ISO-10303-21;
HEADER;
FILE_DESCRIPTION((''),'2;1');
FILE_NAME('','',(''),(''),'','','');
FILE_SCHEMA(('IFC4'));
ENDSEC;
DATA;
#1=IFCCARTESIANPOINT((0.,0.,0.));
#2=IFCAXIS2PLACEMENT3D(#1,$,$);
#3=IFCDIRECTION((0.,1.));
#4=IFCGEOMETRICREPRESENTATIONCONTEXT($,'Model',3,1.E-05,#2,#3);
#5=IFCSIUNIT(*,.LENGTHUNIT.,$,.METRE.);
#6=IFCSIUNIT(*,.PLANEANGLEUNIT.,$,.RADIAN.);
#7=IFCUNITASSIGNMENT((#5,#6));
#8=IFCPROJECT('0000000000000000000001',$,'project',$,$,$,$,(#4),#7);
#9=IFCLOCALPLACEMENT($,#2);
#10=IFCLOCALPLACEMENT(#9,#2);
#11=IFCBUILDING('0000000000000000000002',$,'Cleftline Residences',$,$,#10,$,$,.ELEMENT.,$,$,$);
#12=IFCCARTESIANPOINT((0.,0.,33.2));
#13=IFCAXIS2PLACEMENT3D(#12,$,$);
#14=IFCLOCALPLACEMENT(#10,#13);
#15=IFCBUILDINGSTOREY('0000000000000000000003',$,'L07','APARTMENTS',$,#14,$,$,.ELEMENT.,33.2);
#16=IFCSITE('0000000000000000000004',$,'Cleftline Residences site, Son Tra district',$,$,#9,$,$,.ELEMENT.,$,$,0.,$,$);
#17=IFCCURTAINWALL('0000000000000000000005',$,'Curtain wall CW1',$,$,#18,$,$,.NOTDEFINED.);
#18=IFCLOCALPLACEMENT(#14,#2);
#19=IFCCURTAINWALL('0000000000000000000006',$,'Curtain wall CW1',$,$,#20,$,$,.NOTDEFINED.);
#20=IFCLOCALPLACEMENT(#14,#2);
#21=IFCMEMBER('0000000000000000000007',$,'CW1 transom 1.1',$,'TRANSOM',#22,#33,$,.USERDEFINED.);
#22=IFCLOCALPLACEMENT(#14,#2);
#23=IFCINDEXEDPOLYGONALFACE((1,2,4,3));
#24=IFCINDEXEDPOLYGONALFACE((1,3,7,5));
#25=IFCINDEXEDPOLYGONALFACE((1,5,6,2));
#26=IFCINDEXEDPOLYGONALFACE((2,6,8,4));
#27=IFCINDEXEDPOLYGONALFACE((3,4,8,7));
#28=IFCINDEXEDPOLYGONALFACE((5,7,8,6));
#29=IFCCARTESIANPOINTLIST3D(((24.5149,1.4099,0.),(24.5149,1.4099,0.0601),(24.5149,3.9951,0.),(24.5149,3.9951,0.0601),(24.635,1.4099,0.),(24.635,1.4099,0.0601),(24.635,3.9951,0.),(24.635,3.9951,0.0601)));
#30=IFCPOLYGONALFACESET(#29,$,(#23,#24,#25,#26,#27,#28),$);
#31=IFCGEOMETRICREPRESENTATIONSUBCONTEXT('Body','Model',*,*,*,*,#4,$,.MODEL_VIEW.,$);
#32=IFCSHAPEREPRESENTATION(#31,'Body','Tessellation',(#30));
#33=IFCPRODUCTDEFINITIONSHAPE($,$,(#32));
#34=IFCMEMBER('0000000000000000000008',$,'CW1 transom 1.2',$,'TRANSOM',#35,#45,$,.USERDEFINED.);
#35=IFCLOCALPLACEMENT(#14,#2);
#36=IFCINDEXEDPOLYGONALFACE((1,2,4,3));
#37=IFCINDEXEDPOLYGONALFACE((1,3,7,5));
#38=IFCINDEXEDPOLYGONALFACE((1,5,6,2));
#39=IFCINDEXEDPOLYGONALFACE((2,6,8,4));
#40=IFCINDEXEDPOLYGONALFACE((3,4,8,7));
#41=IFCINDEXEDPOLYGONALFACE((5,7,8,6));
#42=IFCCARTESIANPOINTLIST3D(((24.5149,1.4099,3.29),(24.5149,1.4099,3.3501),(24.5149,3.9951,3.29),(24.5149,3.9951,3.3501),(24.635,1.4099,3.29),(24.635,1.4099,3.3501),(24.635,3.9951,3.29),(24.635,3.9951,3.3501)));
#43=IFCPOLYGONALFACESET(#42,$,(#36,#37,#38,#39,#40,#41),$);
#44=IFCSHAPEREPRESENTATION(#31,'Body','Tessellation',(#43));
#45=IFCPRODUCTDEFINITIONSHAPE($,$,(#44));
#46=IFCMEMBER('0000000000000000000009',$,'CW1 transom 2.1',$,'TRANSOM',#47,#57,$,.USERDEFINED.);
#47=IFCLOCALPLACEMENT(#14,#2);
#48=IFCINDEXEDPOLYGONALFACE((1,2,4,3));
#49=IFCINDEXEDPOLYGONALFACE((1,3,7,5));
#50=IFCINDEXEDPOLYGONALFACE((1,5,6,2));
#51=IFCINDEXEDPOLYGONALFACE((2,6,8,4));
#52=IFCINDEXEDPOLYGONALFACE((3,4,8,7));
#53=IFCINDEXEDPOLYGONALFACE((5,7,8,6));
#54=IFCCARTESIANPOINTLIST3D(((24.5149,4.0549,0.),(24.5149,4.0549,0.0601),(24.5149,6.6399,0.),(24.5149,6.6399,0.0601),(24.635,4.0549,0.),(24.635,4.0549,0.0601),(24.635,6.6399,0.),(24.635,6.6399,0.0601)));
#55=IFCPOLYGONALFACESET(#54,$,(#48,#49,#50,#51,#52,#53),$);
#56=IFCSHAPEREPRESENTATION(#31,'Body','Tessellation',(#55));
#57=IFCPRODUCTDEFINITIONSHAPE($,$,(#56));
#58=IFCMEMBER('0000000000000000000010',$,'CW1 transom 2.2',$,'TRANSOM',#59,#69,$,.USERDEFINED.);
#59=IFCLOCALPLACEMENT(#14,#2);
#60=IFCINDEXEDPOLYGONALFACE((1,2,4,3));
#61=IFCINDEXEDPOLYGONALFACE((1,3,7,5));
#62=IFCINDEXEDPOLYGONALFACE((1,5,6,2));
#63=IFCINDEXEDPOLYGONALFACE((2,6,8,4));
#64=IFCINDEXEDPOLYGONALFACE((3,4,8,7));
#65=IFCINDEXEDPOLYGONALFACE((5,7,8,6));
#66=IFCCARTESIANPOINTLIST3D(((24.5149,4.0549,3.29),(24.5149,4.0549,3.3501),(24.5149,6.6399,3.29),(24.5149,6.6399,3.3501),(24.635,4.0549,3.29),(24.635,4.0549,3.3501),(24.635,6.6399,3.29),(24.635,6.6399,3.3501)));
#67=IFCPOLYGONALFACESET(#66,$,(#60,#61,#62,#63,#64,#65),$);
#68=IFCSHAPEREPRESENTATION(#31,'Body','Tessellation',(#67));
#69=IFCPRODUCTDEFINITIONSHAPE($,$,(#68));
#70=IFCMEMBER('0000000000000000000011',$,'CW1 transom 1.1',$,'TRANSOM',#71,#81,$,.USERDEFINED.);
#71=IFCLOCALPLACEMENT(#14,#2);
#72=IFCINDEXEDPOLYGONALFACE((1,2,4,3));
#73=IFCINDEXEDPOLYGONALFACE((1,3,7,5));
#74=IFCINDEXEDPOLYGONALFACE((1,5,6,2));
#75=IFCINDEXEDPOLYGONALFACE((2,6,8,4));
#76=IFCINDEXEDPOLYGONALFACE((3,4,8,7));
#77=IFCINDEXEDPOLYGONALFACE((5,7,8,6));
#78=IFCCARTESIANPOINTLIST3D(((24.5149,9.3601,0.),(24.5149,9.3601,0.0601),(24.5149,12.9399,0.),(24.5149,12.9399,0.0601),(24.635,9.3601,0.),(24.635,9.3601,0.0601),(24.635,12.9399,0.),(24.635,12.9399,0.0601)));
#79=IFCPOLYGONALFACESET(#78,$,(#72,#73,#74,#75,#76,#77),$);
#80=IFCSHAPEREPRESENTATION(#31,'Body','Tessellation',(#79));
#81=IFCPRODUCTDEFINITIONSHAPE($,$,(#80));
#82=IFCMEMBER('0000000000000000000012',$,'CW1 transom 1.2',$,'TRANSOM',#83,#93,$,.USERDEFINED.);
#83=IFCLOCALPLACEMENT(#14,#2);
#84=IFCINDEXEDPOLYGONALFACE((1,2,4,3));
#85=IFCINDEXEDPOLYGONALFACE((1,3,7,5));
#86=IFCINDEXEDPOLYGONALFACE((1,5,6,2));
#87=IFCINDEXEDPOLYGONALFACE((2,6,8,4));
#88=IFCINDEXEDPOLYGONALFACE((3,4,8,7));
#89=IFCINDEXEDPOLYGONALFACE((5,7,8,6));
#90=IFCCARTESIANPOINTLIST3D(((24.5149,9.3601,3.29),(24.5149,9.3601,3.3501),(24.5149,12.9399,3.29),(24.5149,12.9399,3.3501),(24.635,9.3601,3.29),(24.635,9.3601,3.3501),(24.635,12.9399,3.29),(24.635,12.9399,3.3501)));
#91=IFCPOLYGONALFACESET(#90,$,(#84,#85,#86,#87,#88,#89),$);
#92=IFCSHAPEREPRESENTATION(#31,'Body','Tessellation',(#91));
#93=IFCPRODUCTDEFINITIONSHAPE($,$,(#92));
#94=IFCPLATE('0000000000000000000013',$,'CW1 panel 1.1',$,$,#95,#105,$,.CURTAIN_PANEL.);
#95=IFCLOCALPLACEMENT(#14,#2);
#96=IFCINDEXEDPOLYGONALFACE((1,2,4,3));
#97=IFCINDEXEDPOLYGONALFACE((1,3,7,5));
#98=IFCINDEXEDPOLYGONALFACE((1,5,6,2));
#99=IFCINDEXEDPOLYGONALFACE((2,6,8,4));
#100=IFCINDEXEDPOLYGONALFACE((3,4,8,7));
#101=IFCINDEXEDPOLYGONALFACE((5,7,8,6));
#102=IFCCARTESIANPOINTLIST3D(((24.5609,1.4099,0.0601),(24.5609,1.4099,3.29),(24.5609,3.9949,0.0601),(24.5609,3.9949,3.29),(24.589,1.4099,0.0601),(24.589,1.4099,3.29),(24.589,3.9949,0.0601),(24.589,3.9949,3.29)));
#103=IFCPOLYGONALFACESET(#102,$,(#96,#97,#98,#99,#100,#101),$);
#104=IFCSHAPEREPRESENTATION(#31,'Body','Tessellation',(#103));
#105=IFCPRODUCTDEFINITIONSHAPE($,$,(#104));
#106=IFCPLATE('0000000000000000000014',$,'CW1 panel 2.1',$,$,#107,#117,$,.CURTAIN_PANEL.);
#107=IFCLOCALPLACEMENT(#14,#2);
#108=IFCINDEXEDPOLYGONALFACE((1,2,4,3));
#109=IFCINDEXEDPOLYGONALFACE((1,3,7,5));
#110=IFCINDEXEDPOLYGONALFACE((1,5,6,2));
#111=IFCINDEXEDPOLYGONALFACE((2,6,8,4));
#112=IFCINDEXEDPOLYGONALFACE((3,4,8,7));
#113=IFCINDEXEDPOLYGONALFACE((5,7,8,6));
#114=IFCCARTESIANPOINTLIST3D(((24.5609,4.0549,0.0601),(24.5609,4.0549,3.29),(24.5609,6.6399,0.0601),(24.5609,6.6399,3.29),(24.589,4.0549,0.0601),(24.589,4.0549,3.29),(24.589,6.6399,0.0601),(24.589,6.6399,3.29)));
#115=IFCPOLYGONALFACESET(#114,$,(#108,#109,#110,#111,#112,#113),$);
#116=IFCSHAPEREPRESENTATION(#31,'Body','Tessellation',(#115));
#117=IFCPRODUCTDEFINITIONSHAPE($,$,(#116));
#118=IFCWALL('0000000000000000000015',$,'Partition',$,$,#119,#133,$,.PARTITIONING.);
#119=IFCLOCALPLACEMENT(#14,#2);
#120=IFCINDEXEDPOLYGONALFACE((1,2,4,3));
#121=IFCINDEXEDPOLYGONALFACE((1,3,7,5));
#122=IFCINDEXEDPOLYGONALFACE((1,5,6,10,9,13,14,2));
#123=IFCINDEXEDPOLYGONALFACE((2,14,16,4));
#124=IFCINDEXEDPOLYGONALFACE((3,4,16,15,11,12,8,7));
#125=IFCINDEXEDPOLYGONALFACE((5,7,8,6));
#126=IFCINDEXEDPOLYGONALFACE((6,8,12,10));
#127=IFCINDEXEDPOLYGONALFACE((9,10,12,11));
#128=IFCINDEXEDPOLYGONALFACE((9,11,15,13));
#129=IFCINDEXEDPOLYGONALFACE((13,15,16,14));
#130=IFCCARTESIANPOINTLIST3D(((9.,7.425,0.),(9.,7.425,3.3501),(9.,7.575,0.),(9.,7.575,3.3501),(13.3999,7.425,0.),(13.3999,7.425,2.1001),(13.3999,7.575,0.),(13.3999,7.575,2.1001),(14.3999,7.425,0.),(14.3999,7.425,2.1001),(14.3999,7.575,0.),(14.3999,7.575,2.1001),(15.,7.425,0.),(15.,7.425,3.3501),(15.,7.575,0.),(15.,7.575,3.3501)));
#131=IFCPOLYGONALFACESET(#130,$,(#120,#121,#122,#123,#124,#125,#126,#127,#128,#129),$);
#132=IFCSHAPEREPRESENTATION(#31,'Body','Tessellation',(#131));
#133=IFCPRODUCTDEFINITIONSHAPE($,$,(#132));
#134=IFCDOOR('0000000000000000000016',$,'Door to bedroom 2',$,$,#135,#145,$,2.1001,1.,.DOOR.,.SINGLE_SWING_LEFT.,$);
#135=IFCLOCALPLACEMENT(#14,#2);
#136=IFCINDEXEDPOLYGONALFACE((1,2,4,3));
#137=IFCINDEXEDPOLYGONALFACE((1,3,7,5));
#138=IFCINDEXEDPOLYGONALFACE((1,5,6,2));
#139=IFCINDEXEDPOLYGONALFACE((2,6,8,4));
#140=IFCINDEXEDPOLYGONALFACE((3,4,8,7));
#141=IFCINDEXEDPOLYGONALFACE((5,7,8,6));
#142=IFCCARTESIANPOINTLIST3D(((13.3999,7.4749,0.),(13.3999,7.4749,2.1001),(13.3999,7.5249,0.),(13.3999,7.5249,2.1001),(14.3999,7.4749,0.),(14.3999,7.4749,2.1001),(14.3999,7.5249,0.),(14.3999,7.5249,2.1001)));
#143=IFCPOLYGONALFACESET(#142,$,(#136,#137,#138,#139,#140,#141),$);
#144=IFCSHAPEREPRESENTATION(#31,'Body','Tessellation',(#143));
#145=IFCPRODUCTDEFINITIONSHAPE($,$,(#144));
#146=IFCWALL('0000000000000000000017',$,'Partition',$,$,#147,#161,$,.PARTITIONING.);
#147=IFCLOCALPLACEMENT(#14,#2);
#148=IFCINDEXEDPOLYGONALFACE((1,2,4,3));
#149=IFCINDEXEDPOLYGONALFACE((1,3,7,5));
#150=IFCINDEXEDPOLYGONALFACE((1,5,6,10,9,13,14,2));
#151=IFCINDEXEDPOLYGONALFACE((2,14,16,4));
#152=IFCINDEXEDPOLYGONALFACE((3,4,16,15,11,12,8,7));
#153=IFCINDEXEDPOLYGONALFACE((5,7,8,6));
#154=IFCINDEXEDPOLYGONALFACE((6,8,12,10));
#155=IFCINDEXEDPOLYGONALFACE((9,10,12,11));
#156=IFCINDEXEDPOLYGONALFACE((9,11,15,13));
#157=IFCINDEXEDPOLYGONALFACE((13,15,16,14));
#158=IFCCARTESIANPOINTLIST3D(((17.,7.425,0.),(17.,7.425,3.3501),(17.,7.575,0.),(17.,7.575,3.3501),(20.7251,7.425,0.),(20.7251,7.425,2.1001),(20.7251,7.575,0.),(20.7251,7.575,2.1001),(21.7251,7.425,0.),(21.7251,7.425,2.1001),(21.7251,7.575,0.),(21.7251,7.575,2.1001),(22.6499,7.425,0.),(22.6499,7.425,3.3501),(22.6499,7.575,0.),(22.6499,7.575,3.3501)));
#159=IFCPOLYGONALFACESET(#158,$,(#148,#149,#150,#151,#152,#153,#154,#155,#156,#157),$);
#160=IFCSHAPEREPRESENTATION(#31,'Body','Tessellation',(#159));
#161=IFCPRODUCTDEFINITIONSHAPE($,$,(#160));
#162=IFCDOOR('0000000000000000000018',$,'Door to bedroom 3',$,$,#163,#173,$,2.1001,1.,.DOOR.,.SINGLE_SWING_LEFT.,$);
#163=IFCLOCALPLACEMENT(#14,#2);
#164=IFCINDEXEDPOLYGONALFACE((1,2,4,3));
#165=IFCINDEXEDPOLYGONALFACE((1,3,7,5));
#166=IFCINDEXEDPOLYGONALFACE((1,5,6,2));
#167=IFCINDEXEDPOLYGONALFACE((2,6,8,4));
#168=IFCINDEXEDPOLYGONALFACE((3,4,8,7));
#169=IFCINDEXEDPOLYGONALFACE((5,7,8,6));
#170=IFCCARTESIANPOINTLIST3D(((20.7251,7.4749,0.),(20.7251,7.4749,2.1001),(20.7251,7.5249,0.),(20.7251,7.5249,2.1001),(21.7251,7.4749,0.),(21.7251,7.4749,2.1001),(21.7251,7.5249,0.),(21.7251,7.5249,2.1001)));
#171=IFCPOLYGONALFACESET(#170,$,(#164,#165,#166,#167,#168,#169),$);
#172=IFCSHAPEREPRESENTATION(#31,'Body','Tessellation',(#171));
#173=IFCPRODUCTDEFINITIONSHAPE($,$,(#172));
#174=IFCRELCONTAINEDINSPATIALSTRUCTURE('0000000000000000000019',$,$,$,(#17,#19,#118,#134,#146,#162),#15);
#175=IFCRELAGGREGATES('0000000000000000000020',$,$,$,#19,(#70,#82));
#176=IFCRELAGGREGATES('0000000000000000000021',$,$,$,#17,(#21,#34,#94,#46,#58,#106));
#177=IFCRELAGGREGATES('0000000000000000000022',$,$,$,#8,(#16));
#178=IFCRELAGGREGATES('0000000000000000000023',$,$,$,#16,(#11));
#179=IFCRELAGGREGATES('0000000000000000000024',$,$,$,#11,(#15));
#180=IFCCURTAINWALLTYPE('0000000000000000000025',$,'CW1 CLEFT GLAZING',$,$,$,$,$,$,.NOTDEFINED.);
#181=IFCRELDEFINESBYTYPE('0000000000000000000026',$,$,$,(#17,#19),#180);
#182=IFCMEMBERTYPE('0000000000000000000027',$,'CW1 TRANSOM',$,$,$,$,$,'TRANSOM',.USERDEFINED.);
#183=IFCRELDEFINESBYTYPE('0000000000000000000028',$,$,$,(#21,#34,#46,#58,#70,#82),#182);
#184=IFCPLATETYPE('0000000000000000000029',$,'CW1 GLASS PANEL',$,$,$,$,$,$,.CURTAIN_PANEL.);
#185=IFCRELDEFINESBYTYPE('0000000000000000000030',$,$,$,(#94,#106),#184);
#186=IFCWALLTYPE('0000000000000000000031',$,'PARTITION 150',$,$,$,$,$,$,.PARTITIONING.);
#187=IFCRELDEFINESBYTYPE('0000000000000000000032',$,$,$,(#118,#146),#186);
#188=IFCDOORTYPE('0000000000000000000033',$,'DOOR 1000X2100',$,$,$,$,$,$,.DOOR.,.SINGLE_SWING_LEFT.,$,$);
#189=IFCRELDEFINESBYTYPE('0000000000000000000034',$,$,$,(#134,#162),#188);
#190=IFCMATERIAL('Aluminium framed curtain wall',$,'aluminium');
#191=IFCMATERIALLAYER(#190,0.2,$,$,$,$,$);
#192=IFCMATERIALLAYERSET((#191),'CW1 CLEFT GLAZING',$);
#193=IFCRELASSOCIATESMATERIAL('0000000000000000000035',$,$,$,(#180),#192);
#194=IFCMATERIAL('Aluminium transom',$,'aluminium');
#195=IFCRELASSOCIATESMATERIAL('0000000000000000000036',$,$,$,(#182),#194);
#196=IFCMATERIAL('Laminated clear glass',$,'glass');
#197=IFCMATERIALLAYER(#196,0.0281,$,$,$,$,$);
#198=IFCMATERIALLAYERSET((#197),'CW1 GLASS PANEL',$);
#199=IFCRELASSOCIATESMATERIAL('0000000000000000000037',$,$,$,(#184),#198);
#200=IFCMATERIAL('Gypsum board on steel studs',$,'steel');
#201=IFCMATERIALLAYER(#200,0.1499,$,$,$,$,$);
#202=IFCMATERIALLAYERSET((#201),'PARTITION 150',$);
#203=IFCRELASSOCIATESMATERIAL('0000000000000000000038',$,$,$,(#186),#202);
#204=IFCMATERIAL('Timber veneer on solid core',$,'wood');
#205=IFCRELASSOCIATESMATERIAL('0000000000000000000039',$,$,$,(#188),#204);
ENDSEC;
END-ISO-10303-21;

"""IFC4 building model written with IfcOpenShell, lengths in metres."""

from ifc_helpers import new_model, si_unit, direction, frame, frame_2d, origin, origin_2d, place, context, subcontext, project, spatial, rectangle, extrude, material, layer, layer_set, material_profile, profile_set, type_object, element, fill, aggregate, save


model = new_model("IFC4")

# Units and contexts
model_context = context("Model", 3, precision=1e-05, world=origin(), true_north=direction((0.0, 1.0)))
body_context = subcontext(model_context, "Body", "Model", "MODEL_VIEW")
ifc_project = project(units=[si_unit("LENGTHUNIT", "METRE"), si_unit("PLANEANGLEUNIT", "RADIAN")], contexts=[model_context])

# Site, building, storey
site_placement = place(None, origin())
site = spatial("IfcSite", under=ifc_project, at=site_placement, Name="Cleftline Residences site, Son Tra district", CompositionType="ELEMENT", RefElevation=0.0)
building_placement = place(site_placement, origin())
building = spatial("IfcBuilding", under=site, at=building_placement, Name="Cleftline Residences", CompositionType="ELEMENT")
storey_placement = place(building_placement, frame((0.0, 0.0, 33.2)))
storey = spatial("IfcBuildingStorey", under=building, at=storey_placement, Name="L07", Description="APARTMENTS", CompositionType="ELEMENT", Elevation=33.2)

# Curtain wall
ifc_material_1 = material(Name="Aluminium framed curtain wall", Category="aluminium")
ifc_layer_1 = layer(ifc_material_1, 0.2)
ifc_layer_set_1 = layer_set([ifc_layer_1], Name="CW1 CLEFT GLAZING")
curtain_wall_type = type_object("IfcCurtainWallType", Name="CW1 CLEFT GLAZING", PredefinedType="NOTDEFINED", material=ifc_layer_set_1)
curtain_wall_1_placement = place(storey_placement, origin())
curtain_wall_1 = element("IfcCurtainWall", 1, at=curtain_wall_1_placement, inside=storey, type_object=curtain_wall_type, Name="Curtain wall CW1", PredefinedType="NOTDEFINED")

# Curtain wall
curtain_wall_2_placement = place(storey_placement, origin())
curtain_wall_2 = element("IfcCurtainWall", 2, at=curtain_wall_2_placement, inside=storey, type_object=curtain_wall_type, Name="Curtain wall CW1", PredefinedType="NOTDEFINED")

# Members
ifc_material_2 = material(Name="Aluminium transom", Category="aluminium")
ifc_material_profile_1 = material_profile(ifc_material_2, rectangle(XDim=0.1201, YDim=0.0601, at=origin_2d()))
ifc_profile_set_1 = profile_set([ifc_material_profile_1], Name="Aluminium transom")
member_type_1 = type_object("IfcMemberType", Name="CW1 TRANSOM", ElementType="TRANSOM", PredefinedType="USERDEFINED", material=ifc_profile_set_1)
member_1_placement = place(storey_placement, frame((24.575, 1.4099, 0.03), z_axis=(0.0, 1.0, 0.0), x_axis=(-1.0, 0.0, 0.0)))
member_1 = element("IfcMember", 3, at=member_1_placement, type_object=member_type_1, Name="CW1 transom 1.1", ObjectType="TRANSOM", PredefinedType="USERDEFINED", context=body_context, shape_type="SweptSolid", body=[
    extrude(rectangle(XDim=0.1201, YDim=0.0601, at=origin_2d()), origin(), (0.0, 0.0, 1.0), 2.5852),
])
member_2_placement = place(storey_placement, frame((24.575, 1.4099, 3.3201), z_axis=(0.0, 1.0, 0.0), x_axis=(-1.0, 0.0, 0.0)))
member_2 = element("IfcMember", 4, at=member_2_placement, type_object=member_type_1, Name="CW1 transom 1.2", ObjectType="TRANSOM", PredefinedType="USERDEFINED", context=body_context, shape_type="SweptSolid", body=[
    extrude(rectangle(XDim=0.1201, YDim=0.0601, at=origin_2d()), origin(), (0.0, 0.0, 1.0), 2.5852),
])
member_3_placement = place(storey_placement, frame((24.575, 4.0549, 0.03), z_axis=(0.0, 1.0, 0.0), x_axis=(-1.0, 0.0, 0.0)))
member_3 = element("IfcMember", 5, at=member_3_placement, type_object=member_type_1, Name="CW1 transom 2.1", ObjectType="TRANSOM", PredefinedType="USERDEFINED", context=body_context, shape_type="SweptSolid", body=[
    extrude(rectangle(XDim=0.1201, YDim=0.0601, at=origin_2d()), origin(), (0.0, 0.0, 1.0), 2.585),
])
member_4_placement = place(storey_placement, frame((24.575, 4.0549, 3.3201), z_axis=(0.0, 1.0, 0.0), x_axis=(-1.0, 0.0, 0.0)))
member_4 = element("IfcMember", 6, at=member_4_placement, type_object=member_type_1, Name="CW1 transom 2.2", ObjectType="TRANSOM", PredefinedType="USERDEFINED", context=body_context, shape_type="SweptSolid", body=[
    extrude(rectangle(XDim=0.1201, YDim=0.0601, at=origin_2d()), origin(), (0.0, 0.0, 1.0), 2.585),
])
member_5_placement = place(storey_placement, frame((24.575, 9.3601, 0.03), z_axis=(0.0, 1.0, 0.0), x_axis=(-1.0, 0.0, 0.0)))
member_5 = element("IfcMember", 7, at=member_5_placement, type_object=member_type_1, Name="CW1 transom 1.1", ObjectType="TRANSOM", PredefinedType="USERDEFINED", context=body_context, shape_type="SweptSolid", body=[
    extrude(rectangle(XDim=0.1201, YDim=0.0601, at=origin_2d()), origin(), (0.0, 0.0, 1.0), 3.5798),
])
member_6_placement = place(storey_placement, frame((24.575, 9.3601, 3.3201), z_axis=(0.0, 1.0, 0.0), x_axis=(-1.0, 0.0, 0.0)))
member_6 = element("IfcMember", 8, at=member_6_placement, type_object=member_type_1, Name="CW1 transom 1.2", ObjectType="TRANSOM", PredefinedType="USERDEFINED", context=body_context, shape_type="SweptSolid", body=[
    extrude(rectangle(XDim=0.1201, YDim=0.0601, at=origin_2d()), origin(), (0.0, 0.0, 1.0), 3.5798),
])
aggregate(curtain_wall_2, [member_5, member_6])

# Plates
ifc_material_3 = material(Name="Laminated clear glass", Category="glass")
ifc_layer_2 = layer(ifc_material_3, 0.0281)
ifc_layer_set_2 = layer_set([ifc_layer_2], Name="CW1 GLASS PANEL")
plate_type = type_object("IfcPlateType", Name="CW1 GLASS PANEL", PredefinedType="CURTAIN_PANEL", material=ifc_layer_set_2)
plate_1_placement = place(storey_placement, frame((24.575, 2.7024, 0.0601), z_axis=(0.0, 0.0, 1.0), x_axis=(0.0, 1.0, 0.0)))
plate_1 = element("IfcPlate", 9, at=plate_1_placement, type_object=plate_type, Name="CW1 panel 1.1", PredefinedType="CURTAIN_PANEL", context=body_context, shape_type="SweptSolid", body=[
    extrude(rectangle(XDim=2.585, YDim=0.0281, at=origin_2d()), origin(), (0.0, 0.0, 1.0), 3.23),
])
plate_2_placement = place(storey_placement, frame((24.575, 5.3474, 0.0601), z_axis=(0.0, 0.0, 1.0), x_axis=(0.0, 1.0, 0.0)))
plate_2 = element("IfcPlate", 10, at=plate_2_placement, type_object=plate_type, Name="CW1 panel 2.1", PredefinedType="CURTAIN_PANEL", context=body_context, shape_type="SweptSolid", body=[
    extrude(rectangle(XDim=2.585, YDim=0.0281, at=origin_2d()), origin(), (0.0, 0.0, 1.0), 3.23),
])
aggregate(curtain_wall_1, [member_1, member_2, plate_1, member_3, member_4, plate_2])

# Walls, openings, doors
ifc_material_4 = material(Name="Gypsum board on steel studs", Category="steel")
ifc_layer_3 = layer(ifc_material_4, 0.1499)
ifc_layer_set_3 = layer_set([ifc_layer_3], Name="PARTITION 150")
wall_type = type_object("IfcWallType", Name="PARTITION 150", PredefinedType="PARTITIONING", material=ifc_layer_set_3)
wall_1_placement = place(storey_placement, frame((9.0, 7.5, 0.0), z_axis=(0.0, 0.0, 1.0), x_axis=(1.0, 0.0, 0.0)))
wall_1 = element("IfcWall", 11, at=wall_1_placement, inside=storey, type_object=wall_type, Name="Partition", PredefinedType="PARTITIONING", context=body_context, shape_type="SweptSolid", body=[
    extrude(rectangle(XDim=6.0, YDim=0.1499, at=frame_2d((3.0, 0.0))), origin(), (0.0, 0.0, 1.0), 3.3501),
])
opening_1_placement = place(wall_1_placement, frame((4.3999, 0.0, 0.0)))
opening_1 = element("IfcOpeningElement", 12, at=opening_1_placement, cuts=wall_1, PredefinedType="OPENING", context=body_context, shape_type="SweptSolid", body=[
    extrude(rectangle(XDim=1.0, YDim=2.1001, at=frame_2d((0.5, 1.05))), frame((0.0, 0.085, 0.0), z_axis=(0.0, -1.0, 0.0), x_axis=(1.0, 0.0, 0.0)), (0.0, 0.0, 1.0), 0.1699),
])
ifc_material_5 = material(Name="Timber veneer on solid core", Category="wood")
door_type_1 = type_object("IfcDoorType", Name="DOOR 1000X2100", OperationType="SINGLE_SWING_LEFT", PredefinedType="DOOR", material=ifc_material_5)
door_1_placement = place(opening_1_placement, origin())
door_1 = element("IfcDoor", 13, at=door_1_placement, inside=storey, type_object=door_type_1, Name="Door to bedroom 2", OperationType="SINGLE_SWING_LEFT", OverallHeight=2.1001, OverallWidth=1.0, PredefinedType="DOOR", context=body_context, shape_type="SweptSolid", body=[
    extrude(rectangle(XDim=1.0, YDim=2.1001, at=frame_2d((0.5, 1.05))), frame((0.0, 0.0249, 0.0), z_axis=(0.0, -1.0, 0.0), x_axis=(1.0, 0.0, 0.0)), (0.0, 0.0, 1.0), 0.05),
])
fill(opening_1, door_1)
wall_2_placement = place(storey_placement, frame((17.0, 7.5, 0.0), z_axis=(0.0, 0.0, 1.0), x_axis=(1.0, 0.0, 0.0)))
wall_2 = element("IfcWall", 14, at=wall_2_placement, inside=storey, type_object=wall_type, Name="Partition", PredefinedType="PARTITIONING", context=body_context, shape_type="SweptSolid", body=[
    extrude(rectangle(XDim=5.6499, YDim=0.1499, at=frame_2d((2.825, 0.0))), origin(), (0.0, 0.0, 1.0), 3.3501),
])
opening_2_placement = place(wall_2_placement, frame((3.7251, 0.0, 0.0)))
opening_2 = element("IfcOpeningElement", 15, at=opening_2_placement, cuts=wall_2, PredefinedType="OPENING", context=body_context, shape_type="SweptSolid", body=[
    extrude(rectangle(XDim=1.0, YDim=2.1001, at=frame_2d((0.5, 1.05))), frame((0.0, 0.085, 0.0), z_axis=(0.0, -1.0, 0.0), x_axis=(1.0, 0.0, 0.0)), (0.0, 0.0, 1.0), 0.1699),
])
door_2_placement = place(opening_2_placement, origin())
door_2 = element("IfcDoor", 16, at=door_2_placement, inside=storey, type_object=door_type_1, Name="Door to bedroom 3", OperationType="SINGLE_SWING_LEFT", OverallHeight=2.1001, OverallWidth=1.0, PredefinedType="DOOR", context=body_context, shape_type="SweptSolid", body=[
    extrude(rectangle(XDim=1.0, YDim=2.1001, at=frame_2d((0.5, 1.05))), frame((0.0, 0.0249, 0.0), z_axis=(0.0, -1.0, 0.0), x_axis=(1.0, 0.0, 0.0)), (0.0, 0.0, 1.0), 0.05),
])
fill(opening_2, door_2)

save(model, "model.ifc")
